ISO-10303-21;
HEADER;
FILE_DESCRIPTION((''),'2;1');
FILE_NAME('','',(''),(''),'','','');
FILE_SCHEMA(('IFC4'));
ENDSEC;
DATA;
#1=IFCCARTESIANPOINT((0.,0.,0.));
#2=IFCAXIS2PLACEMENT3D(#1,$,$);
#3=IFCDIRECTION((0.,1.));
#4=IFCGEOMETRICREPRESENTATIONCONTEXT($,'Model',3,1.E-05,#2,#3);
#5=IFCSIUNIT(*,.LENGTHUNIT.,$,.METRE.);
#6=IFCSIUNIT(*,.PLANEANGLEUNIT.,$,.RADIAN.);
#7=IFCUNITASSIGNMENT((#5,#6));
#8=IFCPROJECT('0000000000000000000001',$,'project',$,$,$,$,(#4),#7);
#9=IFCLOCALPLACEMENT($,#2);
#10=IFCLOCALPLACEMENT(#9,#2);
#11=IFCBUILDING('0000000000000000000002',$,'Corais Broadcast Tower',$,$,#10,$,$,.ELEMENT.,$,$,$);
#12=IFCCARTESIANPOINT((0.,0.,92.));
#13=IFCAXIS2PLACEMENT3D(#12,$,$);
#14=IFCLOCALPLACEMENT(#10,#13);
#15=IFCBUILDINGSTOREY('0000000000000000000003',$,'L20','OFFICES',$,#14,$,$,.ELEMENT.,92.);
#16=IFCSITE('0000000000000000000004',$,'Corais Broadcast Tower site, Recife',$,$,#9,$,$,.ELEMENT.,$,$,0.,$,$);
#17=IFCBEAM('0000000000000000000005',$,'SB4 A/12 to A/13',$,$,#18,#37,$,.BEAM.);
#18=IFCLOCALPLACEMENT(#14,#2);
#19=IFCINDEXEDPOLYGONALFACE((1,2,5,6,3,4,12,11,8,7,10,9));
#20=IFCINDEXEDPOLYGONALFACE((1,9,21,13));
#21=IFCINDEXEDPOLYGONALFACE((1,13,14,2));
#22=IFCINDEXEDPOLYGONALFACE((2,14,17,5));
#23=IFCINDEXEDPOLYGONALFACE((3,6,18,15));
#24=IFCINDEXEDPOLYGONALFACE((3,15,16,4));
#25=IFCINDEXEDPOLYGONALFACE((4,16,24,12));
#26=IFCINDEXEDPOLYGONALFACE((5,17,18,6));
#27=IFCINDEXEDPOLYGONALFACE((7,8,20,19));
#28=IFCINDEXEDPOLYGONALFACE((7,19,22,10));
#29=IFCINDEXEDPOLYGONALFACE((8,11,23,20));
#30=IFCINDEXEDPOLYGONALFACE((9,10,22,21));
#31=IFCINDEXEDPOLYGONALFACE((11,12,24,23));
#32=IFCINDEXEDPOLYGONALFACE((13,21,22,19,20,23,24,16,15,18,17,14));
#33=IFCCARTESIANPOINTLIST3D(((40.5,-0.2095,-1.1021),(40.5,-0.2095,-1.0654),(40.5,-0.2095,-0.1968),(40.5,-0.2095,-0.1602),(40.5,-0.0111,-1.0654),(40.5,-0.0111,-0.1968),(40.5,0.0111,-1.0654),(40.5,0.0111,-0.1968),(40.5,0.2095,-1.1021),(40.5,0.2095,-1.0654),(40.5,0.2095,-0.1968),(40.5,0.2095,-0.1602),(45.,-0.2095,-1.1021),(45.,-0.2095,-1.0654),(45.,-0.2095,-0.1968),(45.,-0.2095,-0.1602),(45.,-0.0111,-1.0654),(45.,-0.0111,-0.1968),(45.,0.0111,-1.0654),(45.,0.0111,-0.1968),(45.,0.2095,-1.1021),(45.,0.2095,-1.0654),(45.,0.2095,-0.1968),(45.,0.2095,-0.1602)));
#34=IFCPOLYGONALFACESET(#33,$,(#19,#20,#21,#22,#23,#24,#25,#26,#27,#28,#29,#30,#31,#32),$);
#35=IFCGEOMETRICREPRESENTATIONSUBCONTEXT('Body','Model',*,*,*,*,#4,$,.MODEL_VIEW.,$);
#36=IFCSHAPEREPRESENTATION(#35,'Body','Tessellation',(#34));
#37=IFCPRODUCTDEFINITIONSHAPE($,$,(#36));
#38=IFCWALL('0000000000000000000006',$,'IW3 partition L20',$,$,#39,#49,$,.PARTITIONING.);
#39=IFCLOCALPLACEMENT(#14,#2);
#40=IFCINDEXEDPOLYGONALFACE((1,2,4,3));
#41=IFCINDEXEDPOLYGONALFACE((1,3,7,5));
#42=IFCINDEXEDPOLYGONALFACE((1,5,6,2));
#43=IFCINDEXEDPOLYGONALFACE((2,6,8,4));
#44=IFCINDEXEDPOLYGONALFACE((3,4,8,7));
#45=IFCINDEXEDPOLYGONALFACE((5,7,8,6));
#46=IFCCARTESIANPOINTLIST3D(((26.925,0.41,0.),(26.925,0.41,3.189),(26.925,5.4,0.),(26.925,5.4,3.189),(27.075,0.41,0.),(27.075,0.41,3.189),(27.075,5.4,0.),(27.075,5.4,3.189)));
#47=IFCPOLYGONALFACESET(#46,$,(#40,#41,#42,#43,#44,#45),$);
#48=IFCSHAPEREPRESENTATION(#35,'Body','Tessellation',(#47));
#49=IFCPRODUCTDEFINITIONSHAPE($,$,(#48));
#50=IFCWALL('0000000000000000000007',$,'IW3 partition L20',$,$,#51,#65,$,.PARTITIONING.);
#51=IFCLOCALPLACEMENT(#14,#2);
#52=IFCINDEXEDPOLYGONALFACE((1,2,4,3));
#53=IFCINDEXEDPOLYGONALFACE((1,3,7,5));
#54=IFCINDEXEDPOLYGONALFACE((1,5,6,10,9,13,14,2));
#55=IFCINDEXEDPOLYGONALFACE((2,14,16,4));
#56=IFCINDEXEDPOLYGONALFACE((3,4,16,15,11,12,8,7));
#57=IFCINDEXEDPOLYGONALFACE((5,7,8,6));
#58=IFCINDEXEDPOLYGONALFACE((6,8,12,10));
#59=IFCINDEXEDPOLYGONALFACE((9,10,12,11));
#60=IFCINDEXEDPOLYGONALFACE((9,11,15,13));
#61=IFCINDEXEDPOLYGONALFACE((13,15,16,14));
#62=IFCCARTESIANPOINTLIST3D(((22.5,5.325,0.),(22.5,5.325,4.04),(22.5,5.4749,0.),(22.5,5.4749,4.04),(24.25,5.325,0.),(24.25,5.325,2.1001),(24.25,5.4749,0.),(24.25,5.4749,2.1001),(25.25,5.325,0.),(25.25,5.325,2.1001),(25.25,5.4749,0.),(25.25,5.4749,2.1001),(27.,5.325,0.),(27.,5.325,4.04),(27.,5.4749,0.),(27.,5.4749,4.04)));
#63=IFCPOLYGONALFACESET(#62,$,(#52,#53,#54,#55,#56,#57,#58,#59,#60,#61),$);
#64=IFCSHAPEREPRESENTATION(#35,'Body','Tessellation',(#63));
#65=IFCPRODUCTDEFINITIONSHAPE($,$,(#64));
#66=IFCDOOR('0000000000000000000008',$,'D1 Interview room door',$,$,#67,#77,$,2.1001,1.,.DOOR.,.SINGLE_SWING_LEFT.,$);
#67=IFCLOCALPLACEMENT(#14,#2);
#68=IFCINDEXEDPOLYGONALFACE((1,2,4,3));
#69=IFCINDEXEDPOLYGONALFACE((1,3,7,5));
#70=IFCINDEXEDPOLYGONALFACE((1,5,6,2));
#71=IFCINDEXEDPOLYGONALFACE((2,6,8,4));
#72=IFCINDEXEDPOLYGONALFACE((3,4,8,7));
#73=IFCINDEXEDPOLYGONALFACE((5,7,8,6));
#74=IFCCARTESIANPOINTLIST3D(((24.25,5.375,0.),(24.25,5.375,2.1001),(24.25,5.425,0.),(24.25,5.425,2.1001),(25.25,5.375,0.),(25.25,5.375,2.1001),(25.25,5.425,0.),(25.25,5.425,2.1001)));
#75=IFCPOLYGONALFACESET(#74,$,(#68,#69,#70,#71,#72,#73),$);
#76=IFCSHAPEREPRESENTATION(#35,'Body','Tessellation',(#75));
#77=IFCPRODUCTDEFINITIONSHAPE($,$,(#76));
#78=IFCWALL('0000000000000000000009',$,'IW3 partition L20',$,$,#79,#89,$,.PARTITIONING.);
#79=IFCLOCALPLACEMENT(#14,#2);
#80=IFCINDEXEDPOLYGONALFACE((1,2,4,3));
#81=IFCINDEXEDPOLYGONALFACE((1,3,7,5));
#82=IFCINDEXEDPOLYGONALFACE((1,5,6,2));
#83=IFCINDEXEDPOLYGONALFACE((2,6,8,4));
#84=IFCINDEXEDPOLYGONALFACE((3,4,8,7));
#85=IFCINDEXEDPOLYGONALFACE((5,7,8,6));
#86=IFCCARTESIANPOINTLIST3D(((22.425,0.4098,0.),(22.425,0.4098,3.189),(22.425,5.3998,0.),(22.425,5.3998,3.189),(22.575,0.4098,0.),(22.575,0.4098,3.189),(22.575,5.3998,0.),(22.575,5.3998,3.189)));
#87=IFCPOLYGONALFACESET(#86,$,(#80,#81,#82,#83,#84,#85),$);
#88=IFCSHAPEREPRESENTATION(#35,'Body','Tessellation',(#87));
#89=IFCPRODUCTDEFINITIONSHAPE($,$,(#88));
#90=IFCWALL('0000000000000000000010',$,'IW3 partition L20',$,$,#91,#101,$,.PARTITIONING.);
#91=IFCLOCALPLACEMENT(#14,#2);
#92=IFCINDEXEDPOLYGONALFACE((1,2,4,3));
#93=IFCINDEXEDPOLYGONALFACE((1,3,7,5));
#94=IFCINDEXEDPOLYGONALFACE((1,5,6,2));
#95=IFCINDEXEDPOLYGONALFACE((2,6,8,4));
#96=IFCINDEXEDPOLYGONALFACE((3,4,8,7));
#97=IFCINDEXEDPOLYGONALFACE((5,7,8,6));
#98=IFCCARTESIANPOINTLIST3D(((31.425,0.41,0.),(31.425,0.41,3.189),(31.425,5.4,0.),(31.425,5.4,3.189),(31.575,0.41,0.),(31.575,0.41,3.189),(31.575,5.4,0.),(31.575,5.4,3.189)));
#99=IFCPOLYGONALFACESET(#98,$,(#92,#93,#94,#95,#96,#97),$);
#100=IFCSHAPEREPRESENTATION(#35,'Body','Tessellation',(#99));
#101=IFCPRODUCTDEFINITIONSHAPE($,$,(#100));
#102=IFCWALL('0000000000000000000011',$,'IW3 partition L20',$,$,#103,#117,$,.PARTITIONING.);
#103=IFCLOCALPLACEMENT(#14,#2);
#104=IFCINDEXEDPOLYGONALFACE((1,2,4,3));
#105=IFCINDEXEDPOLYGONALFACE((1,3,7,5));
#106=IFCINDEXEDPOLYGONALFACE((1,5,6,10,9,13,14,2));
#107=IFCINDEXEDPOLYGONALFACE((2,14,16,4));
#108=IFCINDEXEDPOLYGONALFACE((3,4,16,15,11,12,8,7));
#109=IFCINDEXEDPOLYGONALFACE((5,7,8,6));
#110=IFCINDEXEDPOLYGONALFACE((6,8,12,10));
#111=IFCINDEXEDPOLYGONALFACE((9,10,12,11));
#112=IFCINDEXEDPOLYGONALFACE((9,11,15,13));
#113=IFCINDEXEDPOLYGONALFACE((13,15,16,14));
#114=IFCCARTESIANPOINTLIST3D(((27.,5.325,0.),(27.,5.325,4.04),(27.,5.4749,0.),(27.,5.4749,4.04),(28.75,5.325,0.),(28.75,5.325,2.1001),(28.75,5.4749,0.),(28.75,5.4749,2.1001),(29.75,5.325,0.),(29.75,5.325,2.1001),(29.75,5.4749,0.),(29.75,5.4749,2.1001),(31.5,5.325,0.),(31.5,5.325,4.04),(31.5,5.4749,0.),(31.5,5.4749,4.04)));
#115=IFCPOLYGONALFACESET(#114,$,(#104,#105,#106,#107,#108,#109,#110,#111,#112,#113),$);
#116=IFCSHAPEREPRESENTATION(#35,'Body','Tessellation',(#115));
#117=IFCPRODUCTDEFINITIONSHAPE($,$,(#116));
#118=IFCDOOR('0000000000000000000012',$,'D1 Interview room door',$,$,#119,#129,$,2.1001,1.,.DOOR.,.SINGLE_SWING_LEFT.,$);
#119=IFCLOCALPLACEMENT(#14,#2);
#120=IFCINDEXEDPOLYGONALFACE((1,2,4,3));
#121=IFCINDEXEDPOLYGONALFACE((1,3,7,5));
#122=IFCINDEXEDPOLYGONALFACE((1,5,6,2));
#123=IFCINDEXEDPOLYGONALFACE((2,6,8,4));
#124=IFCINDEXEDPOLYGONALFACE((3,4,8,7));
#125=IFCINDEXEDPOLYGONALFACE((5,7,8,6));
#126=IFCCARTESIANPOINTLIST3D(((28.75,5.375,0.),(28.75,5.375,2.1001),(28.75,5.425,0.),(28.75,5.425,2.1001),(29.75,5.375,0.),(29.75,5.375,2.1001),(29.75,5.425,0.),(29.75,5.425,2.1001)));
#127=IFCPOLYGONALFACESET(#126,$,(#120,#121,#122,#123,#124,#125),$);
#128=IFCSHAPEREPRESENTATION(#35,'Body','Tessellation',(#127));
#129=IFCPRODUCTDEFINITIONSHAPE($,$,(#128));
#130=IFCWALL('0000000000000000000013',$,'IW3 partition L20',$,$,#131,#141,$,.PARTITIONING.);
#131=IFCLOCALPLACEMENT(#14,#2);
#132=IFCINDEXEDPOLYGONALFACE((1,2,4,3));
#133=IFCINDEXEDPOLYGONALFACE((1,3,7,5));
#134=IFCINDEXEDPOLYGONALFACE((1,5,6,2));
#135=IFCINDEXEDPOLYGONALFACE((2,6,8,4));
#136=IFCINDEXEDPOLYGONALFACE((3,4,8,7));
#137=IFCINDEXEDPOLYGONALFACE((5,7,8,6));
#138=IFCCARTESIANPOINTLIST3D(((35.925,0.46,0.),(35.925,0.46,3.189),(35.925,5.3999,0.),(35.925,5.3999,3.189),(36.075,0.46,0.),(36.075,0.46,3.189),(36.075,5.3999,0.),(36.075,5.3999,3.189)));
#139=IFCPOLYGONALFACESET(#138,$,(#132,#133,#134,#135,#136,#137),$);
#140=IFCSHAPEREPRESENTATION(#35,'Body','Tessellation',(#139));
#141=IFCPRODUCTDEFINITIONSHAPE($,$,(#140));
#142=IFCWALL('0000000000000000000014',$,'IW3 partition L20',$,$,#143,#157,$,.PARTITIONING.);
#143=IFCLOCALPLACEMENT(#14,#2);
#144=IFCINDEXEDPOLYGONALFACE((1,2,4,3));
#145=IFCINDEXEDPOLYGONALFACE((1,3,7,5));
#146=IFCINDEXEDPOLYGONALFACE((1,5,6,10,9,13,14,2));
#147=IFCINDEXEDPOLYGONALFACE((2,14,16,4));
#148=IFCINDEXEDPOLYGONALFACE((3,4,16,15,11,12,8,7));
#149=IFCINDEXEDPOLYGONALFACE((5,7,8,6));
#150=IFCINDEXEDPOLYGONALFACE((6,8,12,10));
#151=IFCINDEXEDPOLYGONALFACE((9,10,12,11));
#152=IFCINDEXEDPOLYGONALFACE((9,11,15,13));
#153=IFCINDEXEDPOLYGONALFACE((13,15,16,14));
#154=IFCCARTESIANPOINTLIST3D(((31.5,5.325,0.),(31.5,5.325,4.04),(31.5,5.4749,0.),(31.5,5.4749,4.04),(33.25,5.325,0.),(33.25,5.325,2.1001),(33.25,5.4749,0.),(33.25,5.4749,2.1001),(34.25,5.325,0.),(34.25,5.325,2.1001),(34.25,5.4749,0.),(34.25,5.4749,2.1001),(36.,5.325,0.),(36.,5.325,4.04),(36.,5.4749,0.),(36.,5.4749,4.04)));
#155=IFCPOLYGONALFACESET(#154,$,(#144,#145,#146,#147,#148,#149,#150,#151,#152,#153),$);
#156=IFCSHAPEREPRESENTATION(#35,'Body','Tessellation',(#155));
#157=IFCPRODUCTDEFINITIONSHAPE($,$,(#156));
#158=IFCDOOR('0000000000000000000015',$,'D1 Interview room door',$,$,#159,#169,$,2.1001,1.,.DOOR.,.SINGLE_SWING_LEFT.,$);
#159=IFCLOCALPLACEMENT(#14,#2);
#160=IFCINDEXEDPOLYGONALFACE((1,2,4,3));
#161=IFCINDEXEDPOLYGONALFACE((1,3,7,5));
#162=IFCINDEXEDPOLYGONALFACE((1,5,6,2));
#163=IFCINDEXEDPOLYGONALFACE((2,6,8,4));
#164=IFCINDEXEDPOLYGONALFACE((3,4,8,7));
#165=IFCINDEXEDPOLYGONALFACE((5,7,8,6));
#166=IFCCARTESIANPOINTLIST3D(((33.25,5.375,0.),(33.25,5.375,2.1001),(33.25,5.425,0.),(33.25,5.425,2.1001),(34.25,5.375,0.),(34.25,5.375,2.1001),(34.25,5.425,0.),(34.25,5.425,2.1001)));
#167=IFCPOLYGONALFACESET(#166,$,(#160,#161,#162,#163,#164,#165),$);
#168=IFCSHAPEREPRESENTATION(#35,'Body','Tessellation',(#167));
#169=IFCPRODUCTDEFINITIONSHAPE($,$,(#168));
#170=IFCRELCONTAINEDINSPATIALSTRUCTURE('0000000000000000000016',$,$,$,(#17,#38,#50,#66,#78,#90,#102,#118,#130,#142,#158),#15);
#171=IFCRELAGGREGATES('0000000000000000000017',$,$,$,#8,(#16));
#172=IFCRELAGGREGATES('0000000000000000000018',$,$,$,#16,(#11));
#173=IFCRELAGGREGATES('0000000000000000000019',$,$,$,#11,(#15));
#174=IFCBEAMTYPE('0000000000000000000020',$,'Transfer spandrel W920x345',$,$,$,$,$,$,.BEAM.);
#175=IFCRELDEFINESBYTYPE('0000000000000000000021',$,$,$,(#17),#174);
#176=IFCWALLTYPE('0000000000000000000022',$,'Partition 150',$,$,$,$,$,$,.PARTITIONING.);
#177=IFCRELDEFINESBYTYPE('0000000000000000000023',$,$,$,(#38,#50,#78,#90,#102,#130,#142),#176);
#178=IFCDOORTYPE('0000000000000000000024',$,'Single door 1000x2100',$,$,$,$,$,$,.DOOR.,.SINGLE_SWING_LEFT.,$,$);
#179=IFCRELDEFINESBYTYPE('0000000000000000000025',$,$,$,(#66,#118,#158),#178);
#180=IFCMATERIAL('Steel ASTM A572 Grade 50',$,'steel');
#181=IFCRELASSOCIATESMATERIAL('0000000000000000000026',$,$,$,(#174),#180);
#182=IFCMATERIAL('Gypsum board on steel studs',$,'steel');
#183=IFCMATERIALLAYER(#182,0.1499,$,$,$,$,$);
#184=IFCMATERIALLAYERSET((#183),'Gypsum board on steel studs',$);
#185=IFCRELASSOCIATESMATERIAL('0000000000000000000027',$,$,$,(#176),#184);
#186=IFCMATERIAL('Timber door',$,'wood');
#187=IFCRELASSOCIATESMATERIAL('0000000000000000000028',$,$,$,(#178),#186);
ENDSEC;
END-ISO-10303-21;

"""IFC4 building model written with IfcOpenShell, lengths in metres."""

from ifc_helpers import new_model, si_unit, direction, frame, frame_2d, origin, origin_2d, place, context, subcontext, project, spatial, rectangle, i_section, extrude, material, layer, layer_set, material_profile, profile_set, type_object, element, fill, save


model = new_model("IFC4")

# Units and contexts
model_context = context("Model", 3, precision=1e-05, world=origin(), true_north=direction((0.0, 1.0)))
body_context = subcontext(model_context, "Body", "Model", "MODEL_VIEW")
ifc_project = project(units=[si_unit("LENGTHUNIT", "METRE"), si_unit("PLANEANGLEUNIT", "RADIAN")], contexts=[model_context])

# Site, building, storey
site_placement = place(None, origin())
site = spatial("IfcSite", under=ifc_project, at=site_placement, Name="Corais Broadcast Tower site, Recife", CompositionType="ELEMENT", RefElevation=0.0)
building_placement = place(site_placement, origin())
building = spatial("IfcBuilding", under=site, at=building_placement, Name="Corais Broadcast Tower", CompositionType="ELEMENT")
storey_placement = place(building_placement, frame((0.0, 0.0, 92.0)))
storey = spatial("IfcBuildingStorey", under=building, at=storey_placement, Name="L20", Description="OFFICES", CompositionType="ELEMENT", Elevation=92.0)

# Beam
ifc_material_1 = material(Name="Steel ASTM A572 Grade 50", Category="steel")
ifc_material_profile = material_profile(ifc_material_1, i_section(OverallWidth=0.4189, OverallDepth=0.9419, WebThickness=0.0222, FlangeThickness=0.0366, at=origin_2d()), Name="W920x345")
ifc_profile_set = profile_set([ifc_material_profile], Name="Steel ASTM A572 Grade 50")
beam_type = type_object("IfcBeamType", Name="Transfer spandrel W920x345", PredefinedType="BEAM", material=ifc_profile_set)
beam_placement = place(storey_placement, frame((40.5, 0.0, -0.6311), z_axis=(1.0, 0.0, 0.0), x_axis=(0.0, 1.0, 0.0)))
element("IfcBeam", 1, at=beam_placement, inside=storey, type_object=beam_type, Name="SB4 A/12 to A/13", PredefinedType="BEAM", context=body_context, shape_type="SweptSolid", body=[
    extrude(i_section(OverallWidth=0.4189, OverallDepth=0.9419, WebThickness=0.0222, FlangeThickness=0.0366, at=origin_2d()), origin(), (0.0, 0.0, 1.0), 4.5),
])

# Wall
ifc_material_2 = material(Name="Gypsum board on steel studs", Category="steel")
ifc_layer_1 = layer(ifc_material_2, 0.1499)
ifc_layer_set_1 = layer_set([ifc_layer_1], Name="Gypsum board on steel studs")
wall_type_1 = type_object("IfcWallType", Name="Partition 150", PredefinedType="PARTITIONING", material=ifc_layer_set_1)
wall_1_placement = place(storey_placement, frame((27.0, 0.4099, 0.0), z_axis=(0.0, 0.0, 1.0), x_axis=(0.0, 1.0, 0.0)))
element("IfcWall", 2, at=wall_1_placement, inside=storey, type_object=wall_type_1, Name="IW3 partition L20", PredefinedType="PARTITIONING", context=body_context, shape_type="SweptSolid", body=[
    extrude(rectangle(XDim=4.99, YDim=0.1499, at=frame_2d((2.4951, 0.0))), origin(), (0.0, 0.0, 1.0), 3.189),
])

# Wall, opening, door
wall_2_placement = place(storey_placement, frame((27.0, 5.3999, 0.0), z_axis=(0.0, 0.0, 1.0), x_axis=(-1.0, 0.0, 0.0)))
wall_2 = element("IfcWall", 3, at=wall_2_placement, inside=storey, type_object=wall_type_1, Name="IW3 partition L20", PredefinedType="PARTITIONING", context=body_context, shape_type="SweptSolid", body=[
    extrude(rectangle(XDim=4.5, YDim=0.1499, at=frame_2d((2.25, 0.0))), origin(), (0.0, 0.0, 1.0), 4.04),
])
opening_1_placement = place(wall_2_placement, frame((1.75, 0.0, 0.0)))
opening_1 = element("IfcOpeningElement", 4, at=opening_1_placement, cuts=wall_2, PredefinedType="OPENING", context=body_context, shape_type="SweptSolid", body=[
    extrude(rectangle(XDim=1.0, YDim=2.1001, at=frame_2d((0.5, 1.05))), frame((0.0, 0.085, 0.0), z_axis=(0.0, -1.0, 0.0), x_axis=(1.0, 0.0, 0.0)), (0.0, 0.0, 1.0), 0.1699),
])
ifc_material_3 = material(Name="Timber door", Category="wood")
door_type = type_object("IfcDoorType", Name="Single door 1000x2100", OperationType="SINGLE_SWING_LEFT", PredefinedType="DOOR", material=ifc_material_3)
door_1_placement = place(opening_1_placement, origin())
door_1 = element("IfcDoor", 5, at=door_1_placement, inside=storey, type_object=door_type, Name="D1 Interview room door", OperationType="SINGLE_SWING_LEFT", OverallHeight=2.1001, OverallWidth=1.0, PredefinedType="DOOR", context=body_context, shape_type="SweptSolid", body=[
    extrude(rectangle(XDim=1.0, YDim=2.1001, at=frame_2d((0.5, 1.05))), frame((0.0, 0.0249, 0.0), z_axis=(0.0, -1.0, 0.0), x_axis=(1.0, 0.0, 0.0)), (0.0, 0.0, 1.0), 0.05),
])
fill(opening_1, door_1)

# Walls
for number, where, z_axis, x_axis, name in (
    (6, (22.5, 5.3999, 0.0), (0.0, 0.0, 1.0), (0.0, -1.0, 0.0), "IW3 partition L20"),
    (7, (31.5, 0.4099, 0.0), (0.0, 0.0, 1.0), (0.0, 1.0, 0.0), "IW3 partition L20"),
):
    element("IfcWall", number, at=place(storey_placement, frame(where, z_axis=z_axis, x_axis=x_axis)), inside=storey, type_object=wall_type_1, Name=name, PredefinedType="PARTITIONING", context=body_context, shape_type="SweptSolid", body=[
        extrude(rectangle(XDim=4.99, YDim=0.1499, at=frame_2d((2.4951, 0.0))), origin(), (0.0, 0.0, 1.0), 3.189),
    ])

# Wall, opening, door
wall_3_placement = place(storey_placement, frame((31.5, 5.3999, 0.0), z_axis=(0.0, 0.0, 1.0), x_axis=(-1.0, 0.0, 0.0)))
wall_3 = element("IfcWall", 8, at=wall_3_placement, inside=storey, type_object=wall_type_1, Name="IW3 partition L20", PredefinedType="PARTITIONING", context=body_context, shape_type="SweptSolid", body=[
    extrude(rectangle(XDim=4.5, YDim=0.1499, at=frame_2d((2.25, 0.0))), origin(), (0.0, 0.0, 1.0), 4.04),
])
opening_2_placement = place(wall_3_placement, frame((1.75, 0.0, 0.0)))
opening_2 = element("IfcOpeningElement", 9, at=opening_2_placement, cuts=wall_3, PredefinedType="OPENING", context=body_context, shape_type="SweptSolid", body=[
    extrude(rectangle(XDim=1.0, YDim=2.1001, at=frame_2d((0.5, 1.05))), frame((0.0, 0.085, 0.0), z_axis=(0.0, -1.0, 0.0), x_axis=(1.0, 0.0, 0.0)), (0.0, 0.0, 1.0), 0.1699),
])
door_2_placement = place(opening_2_placement, origin())
door_2 = element("IfcDoor", 10, at=door_2_placement, inside=storey, type_object=door_type, Name="D1 Interview room door", OperationType="SINGLE_SWING_LEFT", OverallHeight=2.1001, OverallWidth=1.0, PredefinedType="DOOR", context=body_context, shape_type="SweptSolid", body=[
    extrude(rectangle(XDim=1.0, YDim=2.1001, at=frame_2d((0.5, 1.05))), frame((0.0, 0.0249, 0.0), z_axis=(0.0, -1.0, 0.0), x_axis=(1.0, 0.0, 0.0)), (0.0, 0.0, 1.0), 0.05),
])
fill(opening_2, door_2)

# Wall
wall_4_placement = place(storey_placement, frame((36.0, 0.46, 0.0), z_axis=(0.0, 0.0, 1.0), x_axis=(0.0, 1.0, 0.0)))
element("IfcWall", 11, at=wall_4_placement, inside=storey, type_object=wall_type_1, Name="IW3 partition L20", PredefinedType="PARTITIONING", context=body_context, shape_type="SweptSolid", body=[
    extrude(rectangle(XDim=4.9399, YDim=0.1499, at=frame_2d((2.47, 0.0))), origin(), (0.0, 0.0, 1.0), 3.189),
])

# Wall, opening, door
wall_5_placement = place(storey_placement, frame((36.0, 5.3999, 0.0), z_axis=(0.0, 0.0, 1.0), x_axis=(-1.0, 0.0, 0.0)))
wall_5 = element("IfcWall", 12, at=wall_5_placement, inside=storey, type_object=wall_type_1, Name="IW3 partition L20", PredefinedType="PARTITIONING", context=body_context, shape_type="SweptSolid", body=[
    extrude(rectangle(XDim=4.5, YDim=0.1499, at=frame_2d((2.25, 0.0))), origin(), (0.0, 0.0, 1.0), 4.04),
])
opening_3_placement = place(wall_5_placement, frame((1.75, 0.0, 0.0)))
opening_3 = element("IfcOpeningElement", 13, at=opening_3_placement, cuts=wall_5, PredefinedType="OPENING", context=body_context, shape_type="SweptSolid", body=[
    extrude(rectangle(XDim=1.0, YDim=2.1001, at=frame_2d((0.5, 1.05))), frame((0.0, 0.085, 0.0), z_axis=(0.0, -1.0, 0.0), x_axis=(1.0, 0.0, 0.0)), (0.0, 0.0, 1.0), 0.1699),
])
door_3_placement = place(opening_3_placement, origin())
door_3 = element("IfcDoor", 14, at=door_3_placement, inside=storey, type_object=door_type, Name="D1 Interview room door", OperationType="SINGLE_SWING_LEFT", OverallHeight=2.1001, OverallWidth=1.0, PredefinedType="DOOR", context=body_context, shape_type="SweptSolid", body=[
    extrude(rectangle(XDim=1.0, YDim=2.1001, at=frame_2d((0.5, 1.05))), frame((0.0, 0.0249, 0.0), z_axis=(0.0, -1.0, 0.0), x_axis=(1.0, 0.0, 0.0)), (0.0, 0.0, 1.0), 0.05),
])
fill(opening_3, door_3)

save(model, "model.ifc")
